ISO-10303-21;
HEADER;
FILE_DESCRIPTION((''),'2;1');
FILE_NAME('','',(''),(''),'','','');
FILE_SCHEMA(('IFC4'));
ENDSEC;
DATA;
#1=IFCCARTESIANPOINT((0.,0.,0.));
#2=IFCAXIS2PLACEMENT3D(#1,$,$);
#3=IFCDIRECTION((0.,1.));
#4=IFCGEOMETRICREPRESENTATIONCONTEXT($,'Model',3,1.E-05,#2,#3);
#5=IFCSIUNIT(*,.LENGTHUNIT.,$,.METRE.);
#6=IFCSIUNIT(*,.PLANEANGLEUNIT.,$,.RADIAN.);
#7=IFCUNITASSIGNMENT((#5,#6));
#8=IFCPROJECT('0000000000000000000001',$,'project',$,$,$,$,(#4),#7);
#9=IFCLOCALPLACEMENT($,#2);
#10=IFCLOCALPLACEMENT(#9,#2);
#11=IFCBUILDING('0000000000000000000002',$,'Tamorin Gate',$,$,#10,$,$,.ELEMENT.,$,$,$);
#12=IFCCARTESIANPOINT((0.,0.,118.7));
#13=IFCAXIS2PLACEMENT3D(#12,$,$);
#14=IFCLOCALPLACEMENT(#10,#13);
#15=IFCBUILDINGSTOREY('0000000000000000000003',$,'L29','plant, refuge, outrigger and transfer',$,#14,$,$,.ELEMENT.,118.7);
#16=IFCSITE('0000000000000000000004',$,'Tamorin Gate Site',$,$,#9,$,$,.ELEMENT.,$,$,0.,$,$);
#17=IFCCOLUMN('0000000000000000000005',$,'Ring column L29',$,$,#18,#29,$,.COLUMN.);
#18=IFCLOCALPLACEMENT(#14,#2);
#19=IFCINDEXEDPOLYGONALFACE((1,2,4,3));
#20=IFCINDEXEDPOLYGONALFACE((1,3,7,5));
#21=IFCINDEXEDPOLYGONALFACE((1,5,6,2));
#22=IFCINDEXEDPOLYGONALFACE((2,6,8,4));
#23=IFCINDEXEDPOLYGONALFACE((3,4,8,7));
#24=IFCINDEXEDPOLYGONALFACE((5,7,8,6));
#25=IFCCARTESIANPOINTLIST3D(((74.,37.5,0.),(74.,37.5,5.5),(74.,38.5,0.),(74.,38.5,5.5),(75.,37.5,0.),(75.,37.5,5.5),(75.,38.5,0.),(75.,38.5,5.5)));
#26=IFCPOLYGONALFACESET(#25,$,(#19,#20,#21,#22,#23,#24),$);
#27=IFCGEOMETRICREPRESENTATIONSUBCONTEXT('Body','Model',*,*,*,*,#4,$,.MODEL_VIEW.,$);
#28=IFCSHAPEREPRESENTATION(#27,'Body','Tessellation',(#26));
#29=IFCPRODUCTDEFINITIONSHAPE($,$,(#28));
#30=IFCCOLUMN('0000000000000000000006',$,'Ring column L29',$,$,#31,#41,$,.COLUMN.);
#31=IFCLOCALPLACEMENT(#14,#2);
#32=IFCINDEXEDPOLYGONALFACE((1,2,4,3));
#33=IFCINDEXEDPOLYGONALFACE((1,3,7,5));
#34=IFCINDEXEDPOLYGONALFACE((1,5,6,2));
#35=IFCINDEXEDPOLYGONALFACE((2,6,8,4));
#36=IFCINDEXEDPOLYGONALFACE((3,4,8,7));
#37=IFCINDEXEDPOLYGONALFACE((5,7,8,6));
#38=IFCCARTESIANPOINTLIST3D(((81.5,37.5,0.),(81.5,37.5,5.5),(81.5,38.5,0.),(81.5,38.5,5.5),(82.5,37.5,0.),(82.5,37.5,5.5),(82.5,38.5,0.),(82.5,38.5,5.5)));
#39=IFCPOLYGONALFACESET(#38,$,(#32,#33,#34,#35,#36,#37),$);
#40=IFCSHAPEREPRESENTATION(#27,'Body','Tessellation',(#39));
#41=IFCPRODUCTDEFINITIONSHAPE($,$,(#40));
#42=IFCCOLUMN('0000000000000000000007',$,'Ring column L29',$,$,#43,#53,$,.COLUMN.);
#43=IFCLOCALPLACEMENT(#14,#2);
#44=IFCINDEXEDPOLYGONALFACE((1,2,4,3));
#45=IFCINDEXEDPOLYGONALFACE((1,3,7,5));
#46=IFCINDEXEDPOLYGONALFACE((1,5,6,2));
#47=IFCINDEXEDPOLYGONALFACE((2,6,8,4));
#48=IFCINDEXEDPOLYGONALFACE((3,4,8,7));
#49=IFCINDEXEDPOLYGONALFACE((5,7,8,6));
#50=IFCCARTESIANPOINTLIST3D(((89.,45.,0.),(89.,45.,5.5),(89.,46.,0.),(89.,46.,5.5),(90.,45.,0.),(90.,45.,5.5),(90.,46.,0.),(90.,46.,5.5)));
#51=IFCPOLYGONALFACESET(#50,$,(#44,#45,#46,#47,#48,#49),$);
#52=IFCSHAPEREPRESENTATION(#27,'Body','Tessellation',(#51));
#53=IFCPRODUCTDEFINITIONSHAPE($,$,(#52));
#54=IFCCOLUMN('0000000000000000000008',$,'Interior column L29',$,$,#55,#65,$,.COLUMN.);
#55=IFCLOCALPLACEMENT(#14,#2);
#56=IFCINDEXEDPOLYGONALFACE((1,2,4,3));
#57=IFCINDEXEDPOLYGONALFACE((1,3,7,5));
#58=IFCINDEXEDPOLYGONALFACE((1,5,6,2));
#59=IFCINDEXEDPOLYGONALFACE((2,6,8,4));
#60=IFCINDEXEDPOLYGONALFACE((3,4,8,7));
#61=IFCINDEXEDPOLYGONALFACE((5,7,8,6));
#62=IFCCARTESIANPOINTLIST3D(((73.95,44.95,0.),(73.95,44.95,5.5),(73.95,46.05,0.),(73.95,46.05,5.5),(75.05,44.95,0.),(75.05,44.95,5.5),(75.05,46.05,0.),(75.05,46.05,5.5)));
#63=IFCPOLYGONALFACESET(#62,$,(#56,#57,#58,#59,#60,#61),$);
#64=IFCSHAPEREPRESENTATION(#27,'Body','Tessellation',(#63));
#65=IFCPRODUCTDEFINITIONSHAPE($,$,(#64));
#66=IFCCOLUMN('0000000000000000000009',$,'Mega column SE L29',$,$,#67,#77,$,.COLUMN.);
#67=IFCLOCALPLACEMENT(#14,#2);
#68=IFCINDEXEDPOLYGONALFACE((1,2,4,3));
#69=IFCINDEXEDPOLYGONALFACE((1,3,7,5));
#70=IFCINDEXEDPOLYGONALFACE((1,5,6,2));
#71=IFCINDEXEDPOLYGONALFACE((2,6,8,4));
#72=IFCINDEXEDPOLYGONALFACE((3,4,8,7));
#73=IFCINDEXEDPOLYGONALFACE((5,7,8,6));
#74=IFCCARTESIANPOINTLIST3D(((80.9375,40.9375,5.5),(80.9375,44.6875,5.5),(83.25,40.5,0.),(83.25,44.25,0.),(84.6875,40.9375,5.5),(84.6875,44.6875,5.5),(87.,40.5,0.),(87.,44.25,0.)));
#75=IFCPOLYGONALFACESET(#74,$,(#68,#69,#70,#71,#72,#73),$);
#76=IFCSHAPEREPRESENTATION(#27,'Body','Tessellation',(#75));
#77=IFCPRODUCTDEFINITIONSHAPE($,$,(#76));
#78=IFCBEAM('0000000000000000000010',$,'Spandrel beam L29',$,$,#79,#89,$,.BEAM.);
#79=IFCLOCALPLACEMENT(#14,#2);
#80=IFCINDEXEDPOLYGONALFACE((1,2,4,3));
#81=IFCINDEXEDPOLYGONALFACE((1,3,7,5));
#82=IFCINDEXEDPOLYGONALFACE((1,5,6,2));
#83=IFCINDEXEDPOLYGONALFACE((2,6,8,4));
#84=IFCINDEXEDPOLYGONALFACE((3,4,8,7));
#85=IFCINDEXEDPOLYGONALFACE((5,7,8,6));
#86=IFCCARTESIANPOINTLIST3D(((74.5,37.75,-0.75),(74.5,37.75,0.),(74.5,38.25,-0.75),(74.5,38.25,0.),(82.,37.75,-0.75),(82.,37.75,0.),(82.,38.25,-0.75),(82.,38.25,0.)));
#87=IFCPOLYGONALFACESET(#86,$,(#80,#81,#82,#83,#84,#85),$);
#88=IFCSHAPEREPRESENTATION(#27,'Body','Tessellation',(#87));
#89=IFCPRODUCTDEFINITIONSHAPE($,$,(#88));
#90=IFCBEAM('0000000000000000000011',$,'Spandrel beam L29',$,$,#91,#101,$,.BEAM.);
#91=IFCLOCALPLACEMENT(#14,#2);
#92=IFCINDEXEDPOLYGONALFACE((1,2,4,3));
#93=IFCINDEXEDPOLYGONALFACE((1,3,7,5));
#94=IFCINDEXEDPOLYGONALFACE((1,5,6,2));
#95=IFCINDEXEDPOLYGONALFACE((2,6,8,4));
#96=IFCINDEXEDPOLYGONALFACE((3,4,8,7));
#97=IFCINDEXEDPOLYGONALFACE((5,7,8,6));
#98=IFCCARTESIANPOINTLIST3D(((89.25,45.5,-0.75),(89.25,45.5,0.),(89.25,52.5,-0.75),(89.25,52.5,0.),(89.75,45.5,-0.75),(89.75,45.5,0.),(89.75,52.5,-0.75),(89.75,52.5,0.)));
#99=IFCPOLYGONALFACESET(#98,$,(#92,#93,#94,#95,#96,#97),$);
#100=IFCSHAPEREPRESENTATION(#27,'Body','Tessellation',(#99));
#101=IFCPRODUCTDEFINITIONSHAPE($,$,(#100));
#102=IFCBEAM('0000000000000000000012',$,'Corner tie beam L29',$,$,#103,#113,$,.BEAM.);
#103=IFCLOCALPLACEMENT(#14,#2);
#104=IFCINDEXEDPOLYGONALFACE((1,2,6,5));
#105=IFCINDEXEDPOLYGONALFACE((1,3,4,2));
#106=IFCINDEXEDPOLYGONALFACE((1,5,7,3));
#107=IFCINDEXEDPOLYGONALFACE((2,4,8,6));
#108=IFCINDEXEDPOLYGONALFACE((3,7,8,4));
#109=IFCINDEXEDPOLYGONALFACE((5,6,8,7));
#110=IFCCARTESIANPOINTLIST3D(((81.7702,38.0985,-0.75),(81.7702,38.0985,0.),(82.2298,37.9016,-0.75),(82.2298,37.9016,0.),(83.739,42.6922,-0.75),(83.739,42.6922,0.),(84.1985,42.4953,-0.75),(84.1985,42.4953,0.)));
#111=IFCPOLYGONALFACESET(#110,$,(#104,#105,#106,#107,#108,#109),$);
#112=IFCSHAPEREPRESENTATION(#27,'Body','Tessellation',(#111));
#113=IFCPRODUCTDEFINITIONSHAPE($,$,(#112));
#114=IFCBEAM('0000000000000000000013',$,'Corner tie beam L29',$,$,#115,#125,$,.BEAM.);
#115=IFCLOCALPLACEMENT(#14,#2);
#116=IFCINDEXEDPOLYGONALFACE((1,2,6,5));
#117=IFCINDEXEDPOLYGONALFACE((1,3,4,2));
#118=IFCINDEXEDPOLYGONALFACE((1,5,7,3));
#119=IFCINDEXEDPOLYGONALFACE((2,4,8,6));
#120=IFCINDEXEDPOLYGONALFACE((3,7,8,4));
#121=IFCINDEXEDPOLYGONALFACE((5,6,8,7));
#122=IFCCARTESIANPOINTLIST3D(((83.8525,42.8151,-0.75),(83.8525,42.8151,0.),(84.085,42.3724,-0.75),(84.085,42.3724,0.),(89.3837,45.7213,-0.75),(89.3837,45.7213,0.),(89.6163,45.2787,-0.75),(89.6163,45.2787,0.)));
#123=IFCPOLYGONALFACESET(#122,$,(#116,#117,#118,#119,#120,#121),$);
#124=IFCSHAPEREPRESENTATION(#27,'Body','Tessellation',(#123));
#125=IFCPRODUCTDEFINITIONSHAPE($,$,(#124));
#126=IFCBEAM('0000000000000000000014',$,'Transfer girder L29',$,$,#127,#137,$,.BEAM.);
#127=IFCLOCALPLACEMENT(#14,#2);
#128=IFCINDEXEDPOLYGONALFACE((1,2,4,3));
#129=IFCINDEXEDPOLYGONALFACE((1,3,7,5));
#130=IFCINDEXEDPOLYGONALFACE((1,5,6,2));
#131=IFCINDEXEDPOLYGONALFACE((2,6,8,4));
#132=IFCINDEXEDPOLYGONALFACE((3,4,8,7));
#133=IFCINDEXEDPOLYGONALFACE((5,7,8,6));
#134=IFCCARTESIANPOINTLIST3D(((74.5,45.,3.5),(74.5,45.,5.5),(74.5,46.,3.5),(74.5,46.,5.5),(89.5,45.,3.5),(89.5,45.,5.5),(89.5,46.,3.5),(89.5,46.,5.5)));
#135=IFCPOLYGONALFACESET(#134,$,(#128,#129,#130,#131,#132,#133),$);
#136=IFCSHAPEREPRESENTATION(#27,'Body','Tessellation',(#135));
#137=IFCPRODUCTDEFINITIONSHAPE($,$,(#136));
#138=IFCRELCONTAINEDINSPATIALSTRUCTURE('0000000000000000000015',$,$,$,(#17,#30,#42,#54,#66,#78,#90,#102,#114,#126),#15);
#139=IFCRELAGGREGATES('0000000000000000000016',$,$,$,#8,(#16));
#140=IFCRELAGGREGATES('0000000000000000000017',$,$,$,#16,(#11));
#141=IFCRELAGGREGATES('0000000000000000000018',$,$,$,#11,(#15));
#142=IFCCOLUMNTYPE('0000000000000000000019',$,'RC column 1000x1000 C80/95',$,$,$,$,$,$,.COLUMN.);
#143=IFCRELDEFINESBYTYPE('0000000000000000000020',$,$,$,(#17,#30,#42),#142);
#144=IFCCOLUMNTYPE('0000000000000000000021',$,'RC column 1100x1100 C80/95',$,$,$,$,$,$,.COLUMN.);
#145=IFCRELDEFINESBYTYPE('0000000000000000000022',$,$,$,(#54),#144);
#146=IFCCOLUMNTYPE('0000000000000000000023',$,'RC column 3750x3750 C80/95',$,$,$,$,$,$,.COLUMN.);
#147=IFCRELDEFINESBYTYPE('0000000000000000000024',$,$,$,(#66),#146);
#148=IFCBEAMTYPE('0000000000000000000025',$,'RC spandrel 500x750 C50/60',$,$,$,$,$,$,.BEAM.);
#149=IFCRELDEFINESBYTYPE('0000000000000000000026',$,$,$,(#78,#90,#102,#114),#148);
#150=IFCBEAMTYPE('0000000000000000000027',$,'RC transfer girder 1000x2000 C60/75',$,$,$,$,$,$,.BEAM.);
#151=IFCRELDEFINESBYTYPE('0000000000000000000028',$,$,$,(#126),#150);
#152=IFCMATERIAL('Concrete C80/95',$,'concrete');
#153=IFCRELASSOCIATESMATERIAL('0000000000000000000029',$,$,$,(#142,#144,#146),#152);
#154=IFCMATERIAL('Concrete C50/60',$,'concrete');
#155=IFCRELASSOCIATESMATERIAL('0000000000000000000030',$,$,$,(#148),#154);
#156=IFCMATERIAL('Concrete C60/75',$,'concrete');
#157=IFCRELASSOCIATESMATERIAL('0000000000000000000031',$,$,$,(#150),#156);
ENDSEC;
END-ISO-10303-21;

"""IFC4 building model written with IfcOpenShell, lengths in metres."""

from ifc_helpers import new_model, si_unit, direction, frame, origin, origin_2d, place, context, subcontext, project, spatial, rectangle, extrude, material, material_profile, profile_set, type_object, element, save


model = new_model("IFC4")

# Units and contexts
model_context = context("Model", 3, precision=1e-05, world=origin(), true_north=direction((0.0, 1.0)))
body_context = subcontext(model_context, "Body", "Model", "MODEL_VIEW")
ifc_project = project(units=[si_unit("LENGTHUNIT", "METRE"), si_unit("PLANEANGLEUNIT", "RADIAN")], contexts=[model_context])

# Site, building, storey
site_placement = place(None, origin())
site = spatial("IfcSite", under=ifc_project, at=site_placement, Name="Tamorin Gate Site", CompositionType="ELEMENT", RefElevation=0.0)
building_placement = place(site_placement, origin())
building = spatial("IfcBuilding", under=site, at=building_placement, Name="Tamorin Gate", CompositionType="ELEMENT")
storey_placement = place(building_placement, frame((0.0, 0.0, 118.7)))
storey = spatial("IfcBuildingStorey", under=building, at=storey_placement, Name="L29", Description="plant, refuge, outrigger and transfer", CompositionType="ELEMENT", Elevation=118.7)

# Columns
ifc_material_1 = material(Name="Concrete C80/95", Category="concrete")
ifc_material_profile_1 = material_profile(ifc_material_1, rectangle(XDim=1.0, YDim=1.0, at=origin_2d()), Name="RC 1000x1000")
ifc_profile_set_1 = profile_set([ifc_material_profile_1], Name="Concrete C80/95")
column_type_1 = type_object("IfcColumnType", Name="RC column 1000x1000 C80/95", PredefinedType="COLUMN", material=ifc_profile_set_1)
for number, where, z_axis, x_axis, name in (
    (1, (74.5, 38.0, 0.0), (0.0, 0.0, 1.0), (1.0, 0.0, 0.0), "Ring column L29"),
    (2, (82.0, 38.0, 0.0), (0.0, 0.0, 1.0), (1.0, 0.0, 0.0), "Ring column L29"),
    (3, (89.5, 45.5, 0.0), (0.0, 0.0, 1.0), (1.0, 0.0, 0.0), "Ring column L29"),
):
    element("IfcColumn", number, at=place(storey_placement, frame(where, z_axis=z_axis, x_axis=x_axis)), inside=storey, type_object=column_type_1, Name=name, PredefinedType="COLUMN", context=body_context, shape_type="SweptSolid", body=[
        extrude(rectangle(XDim=1.0, YDim=1.0, at=origin_2d()), origin(), (0.0, 0.0, 1.0), 5.5),
    ])
ifc_material_profile_2 = material_profile(ifc_material_1, rectangle(XDim=1.1001, YDim=1.1001, at=origin_2d()), Name="RC 1100x1100")
ifc_profile_set_2 = profile_set([ifc_material_profile_2], Name="Concrete C80/95")
column_type_2 = type_object("IfcColumnType", Name="RC column 1100x1100 C80/95", PredefinedType="COLUMN", material=ifc_profile_set_2)
column_1_placement = place(storey_placement, frame((74.5, 45.5, 0.0), z_axis=(0.0, 0.0, 1.0), x_axis=(1.0, 0.0, 0.0)))
element("IfcColumn", 4, at=column_1_placement, inside=storey, type_object=column_type_2, Name="Interior column L29", PredefinedType="COLUMN", context=body_context, shape_type="SweptSolid", body=[
    extrude(rectangle(XDim=1.1001, YDim=1.1001, at=origin_2d()), origin(), (0.0, 0.0, 1.0), 5.5),
])
ifc_material_profile_3 = material_profile(ifc_material_1, rectangle(XDim=3.75, YDim=3.75, at=origin_2d()), Name="RC 3750x3750")
ifc_profile_set_3 = profile_set([ifc_material_profile_3], Name="Concrete C80/95")
column_type_3 = type_object("IfcColumnType", Name="RC column 3750x3750 C80/95", PredefinedType="COLUMN", material=ifc_profile_set_3)
column_2_placement = place(storey_placement, frame((85.125, 42.375, 0.0), z_axis=(0.0, 0.0, 1.0), x_axis=(0.0, 1.0, 0.0)))
element("IfcColumn", 5, at=column_2_placement, inside=storey, type_object=column_type_3, Name="Mega column SE L29", PredefinedType="COLUMN", context=body_context, shape_type="SweptSolid", body=[
    extrude(rectangle(XDim=3.75, YDim=3.75, at=origin_2d()), origin(), (0.073131, 0.386551, 0.919364), 5.9824),
])

# Beams
ifc_material_2 = material(Name="Concrete C50/60", Category="concrete")
ifc_material_profile_4 = material_profile(ifc_material_2, rectangle(XDim=0.5, YDim=0.75, at=origin_2d()), Name="RC 500x750")
ifc_profile_set_4 = profile_set([ifc_material_profile_4], Name="Concrete C50/60")
beam_type_1 = type_object("IfcBeamType", Name="RC spandrel 500x750 C50/60", PredefinedType="BEAM", material=ifc_profile_set_4)
beam_1_placement = place(storey_placement, frame((74.5, 38.0, -0.375), z_axis=(1.0, 0.0, 0.0), x_axis=(0.0, 1.0, 0.0)))
element("IfcBeam", 6, at=beam_1_placement, inside=storey, type_object=beam_type_1, Name="Spandrel beam L29", PredefinedType="BEAM", context=body_context, shape_type="SweptSolid", body=[
    extrude(rectangle(XDim=0.5, YDim=0.75, at=origin_2d()), origin(), (0.0, 0.0, 1.0), 7.5),
])
beam_2_placement = place(storey_placement, frame((89.5, 45.5, -0.375), z_axis=(0.0, 1.0, 0.0), x_axis=(-1.0, 0.0, 0.0)))
element("IfcBeam", 7, at=beam_2_placement, inside=storey, type_object=beam_type_1, Name="Spandrel beam L29", PredefinedType="BEAM", context=body_context, shape_type="SweptSolid", body=[
    extrude(rectangle(XDim=0.5, YDim=0.75, at=origin_2d()), origin(), (0.0, 0.0, 1.0), 7.0),
])
beam_3_placement = place(storey_placement, frame((83.9688, 42.5938, -0.375), z_axis=(-0.393919, -0.919145, 0.0), x_axis=(0.919145, -0.393919, 0.0)))
element("IfcBeam", 8, at=beam_3_placement, inside=storey, type_object=beam_type_1, Name="Corner tie beam L29", PredefinedType="BEAM", context=body_context, shape_type="SweptSolid", body=[
    extrude(rectangle(XDim=0.5, YDim=0.75, at=origin_2d()), origin(), (0.0, 0.0, 1.0), 4.9978),
])
beam_4_placement = place(storey_placement, frame((83.9688, 42.5938, -0.375), z_axis=(0.885243, 0.465128, 0.0), x_axis=(-0.465128, 0.885243, 0.0)))
element("IfcBeam", 9, at=beam_4_placement, inside=storey, type_object=beam_type_1, Name="Corner tie beam L29", PredefinedType="BEAM", context=body_context, shape_type="SweptSolid", body=[
    extrude(rectangle(XDim=0.5, YDim=0.75, at=origin_2d()), origin(), (0.0, 0.0, 1.0), 6.2483),
])
ifc_material_3 = material(Name="Concrete C60/75", Category="concrete")
ifc_material_profile_5 = material_profile(ifc_material_3, rectangle(XDim=1.0, YDim=2.0, at=origin_2d()), Name="RC 1000x2000")
ifc_profile_set_5 = profile_set([ifc_material_profile_5], Name="Concrete C60/75")
beam_type_2 = type_object("IfcBeamType", Name="RC transfer girder 1000x2000 C60/75", PredefinedType="BEAM", material=ifc_profile_set_5)
beam_5_placement = place(storey_placement, frame((74.5, 45.5, 4.5), z_axis=(1.0, 0.0, 0.0), x_axis=(0.0, 1.0, 0.0)))
element("IfcBeam", 10, at=beam_5_placement, inside=storey, type_object=beam_type_2, Name="Transfer girder L29", PredefinedType="BEAM", context=body_context, shape_type="SweptSolid", body=[
    extrude(rectangle(XDim=1.0, YDim=2.0, at=origin_2d()), origin(), (0.0, 0.0, 1.0), 15.0),
])

save(model, "model.ifc")
